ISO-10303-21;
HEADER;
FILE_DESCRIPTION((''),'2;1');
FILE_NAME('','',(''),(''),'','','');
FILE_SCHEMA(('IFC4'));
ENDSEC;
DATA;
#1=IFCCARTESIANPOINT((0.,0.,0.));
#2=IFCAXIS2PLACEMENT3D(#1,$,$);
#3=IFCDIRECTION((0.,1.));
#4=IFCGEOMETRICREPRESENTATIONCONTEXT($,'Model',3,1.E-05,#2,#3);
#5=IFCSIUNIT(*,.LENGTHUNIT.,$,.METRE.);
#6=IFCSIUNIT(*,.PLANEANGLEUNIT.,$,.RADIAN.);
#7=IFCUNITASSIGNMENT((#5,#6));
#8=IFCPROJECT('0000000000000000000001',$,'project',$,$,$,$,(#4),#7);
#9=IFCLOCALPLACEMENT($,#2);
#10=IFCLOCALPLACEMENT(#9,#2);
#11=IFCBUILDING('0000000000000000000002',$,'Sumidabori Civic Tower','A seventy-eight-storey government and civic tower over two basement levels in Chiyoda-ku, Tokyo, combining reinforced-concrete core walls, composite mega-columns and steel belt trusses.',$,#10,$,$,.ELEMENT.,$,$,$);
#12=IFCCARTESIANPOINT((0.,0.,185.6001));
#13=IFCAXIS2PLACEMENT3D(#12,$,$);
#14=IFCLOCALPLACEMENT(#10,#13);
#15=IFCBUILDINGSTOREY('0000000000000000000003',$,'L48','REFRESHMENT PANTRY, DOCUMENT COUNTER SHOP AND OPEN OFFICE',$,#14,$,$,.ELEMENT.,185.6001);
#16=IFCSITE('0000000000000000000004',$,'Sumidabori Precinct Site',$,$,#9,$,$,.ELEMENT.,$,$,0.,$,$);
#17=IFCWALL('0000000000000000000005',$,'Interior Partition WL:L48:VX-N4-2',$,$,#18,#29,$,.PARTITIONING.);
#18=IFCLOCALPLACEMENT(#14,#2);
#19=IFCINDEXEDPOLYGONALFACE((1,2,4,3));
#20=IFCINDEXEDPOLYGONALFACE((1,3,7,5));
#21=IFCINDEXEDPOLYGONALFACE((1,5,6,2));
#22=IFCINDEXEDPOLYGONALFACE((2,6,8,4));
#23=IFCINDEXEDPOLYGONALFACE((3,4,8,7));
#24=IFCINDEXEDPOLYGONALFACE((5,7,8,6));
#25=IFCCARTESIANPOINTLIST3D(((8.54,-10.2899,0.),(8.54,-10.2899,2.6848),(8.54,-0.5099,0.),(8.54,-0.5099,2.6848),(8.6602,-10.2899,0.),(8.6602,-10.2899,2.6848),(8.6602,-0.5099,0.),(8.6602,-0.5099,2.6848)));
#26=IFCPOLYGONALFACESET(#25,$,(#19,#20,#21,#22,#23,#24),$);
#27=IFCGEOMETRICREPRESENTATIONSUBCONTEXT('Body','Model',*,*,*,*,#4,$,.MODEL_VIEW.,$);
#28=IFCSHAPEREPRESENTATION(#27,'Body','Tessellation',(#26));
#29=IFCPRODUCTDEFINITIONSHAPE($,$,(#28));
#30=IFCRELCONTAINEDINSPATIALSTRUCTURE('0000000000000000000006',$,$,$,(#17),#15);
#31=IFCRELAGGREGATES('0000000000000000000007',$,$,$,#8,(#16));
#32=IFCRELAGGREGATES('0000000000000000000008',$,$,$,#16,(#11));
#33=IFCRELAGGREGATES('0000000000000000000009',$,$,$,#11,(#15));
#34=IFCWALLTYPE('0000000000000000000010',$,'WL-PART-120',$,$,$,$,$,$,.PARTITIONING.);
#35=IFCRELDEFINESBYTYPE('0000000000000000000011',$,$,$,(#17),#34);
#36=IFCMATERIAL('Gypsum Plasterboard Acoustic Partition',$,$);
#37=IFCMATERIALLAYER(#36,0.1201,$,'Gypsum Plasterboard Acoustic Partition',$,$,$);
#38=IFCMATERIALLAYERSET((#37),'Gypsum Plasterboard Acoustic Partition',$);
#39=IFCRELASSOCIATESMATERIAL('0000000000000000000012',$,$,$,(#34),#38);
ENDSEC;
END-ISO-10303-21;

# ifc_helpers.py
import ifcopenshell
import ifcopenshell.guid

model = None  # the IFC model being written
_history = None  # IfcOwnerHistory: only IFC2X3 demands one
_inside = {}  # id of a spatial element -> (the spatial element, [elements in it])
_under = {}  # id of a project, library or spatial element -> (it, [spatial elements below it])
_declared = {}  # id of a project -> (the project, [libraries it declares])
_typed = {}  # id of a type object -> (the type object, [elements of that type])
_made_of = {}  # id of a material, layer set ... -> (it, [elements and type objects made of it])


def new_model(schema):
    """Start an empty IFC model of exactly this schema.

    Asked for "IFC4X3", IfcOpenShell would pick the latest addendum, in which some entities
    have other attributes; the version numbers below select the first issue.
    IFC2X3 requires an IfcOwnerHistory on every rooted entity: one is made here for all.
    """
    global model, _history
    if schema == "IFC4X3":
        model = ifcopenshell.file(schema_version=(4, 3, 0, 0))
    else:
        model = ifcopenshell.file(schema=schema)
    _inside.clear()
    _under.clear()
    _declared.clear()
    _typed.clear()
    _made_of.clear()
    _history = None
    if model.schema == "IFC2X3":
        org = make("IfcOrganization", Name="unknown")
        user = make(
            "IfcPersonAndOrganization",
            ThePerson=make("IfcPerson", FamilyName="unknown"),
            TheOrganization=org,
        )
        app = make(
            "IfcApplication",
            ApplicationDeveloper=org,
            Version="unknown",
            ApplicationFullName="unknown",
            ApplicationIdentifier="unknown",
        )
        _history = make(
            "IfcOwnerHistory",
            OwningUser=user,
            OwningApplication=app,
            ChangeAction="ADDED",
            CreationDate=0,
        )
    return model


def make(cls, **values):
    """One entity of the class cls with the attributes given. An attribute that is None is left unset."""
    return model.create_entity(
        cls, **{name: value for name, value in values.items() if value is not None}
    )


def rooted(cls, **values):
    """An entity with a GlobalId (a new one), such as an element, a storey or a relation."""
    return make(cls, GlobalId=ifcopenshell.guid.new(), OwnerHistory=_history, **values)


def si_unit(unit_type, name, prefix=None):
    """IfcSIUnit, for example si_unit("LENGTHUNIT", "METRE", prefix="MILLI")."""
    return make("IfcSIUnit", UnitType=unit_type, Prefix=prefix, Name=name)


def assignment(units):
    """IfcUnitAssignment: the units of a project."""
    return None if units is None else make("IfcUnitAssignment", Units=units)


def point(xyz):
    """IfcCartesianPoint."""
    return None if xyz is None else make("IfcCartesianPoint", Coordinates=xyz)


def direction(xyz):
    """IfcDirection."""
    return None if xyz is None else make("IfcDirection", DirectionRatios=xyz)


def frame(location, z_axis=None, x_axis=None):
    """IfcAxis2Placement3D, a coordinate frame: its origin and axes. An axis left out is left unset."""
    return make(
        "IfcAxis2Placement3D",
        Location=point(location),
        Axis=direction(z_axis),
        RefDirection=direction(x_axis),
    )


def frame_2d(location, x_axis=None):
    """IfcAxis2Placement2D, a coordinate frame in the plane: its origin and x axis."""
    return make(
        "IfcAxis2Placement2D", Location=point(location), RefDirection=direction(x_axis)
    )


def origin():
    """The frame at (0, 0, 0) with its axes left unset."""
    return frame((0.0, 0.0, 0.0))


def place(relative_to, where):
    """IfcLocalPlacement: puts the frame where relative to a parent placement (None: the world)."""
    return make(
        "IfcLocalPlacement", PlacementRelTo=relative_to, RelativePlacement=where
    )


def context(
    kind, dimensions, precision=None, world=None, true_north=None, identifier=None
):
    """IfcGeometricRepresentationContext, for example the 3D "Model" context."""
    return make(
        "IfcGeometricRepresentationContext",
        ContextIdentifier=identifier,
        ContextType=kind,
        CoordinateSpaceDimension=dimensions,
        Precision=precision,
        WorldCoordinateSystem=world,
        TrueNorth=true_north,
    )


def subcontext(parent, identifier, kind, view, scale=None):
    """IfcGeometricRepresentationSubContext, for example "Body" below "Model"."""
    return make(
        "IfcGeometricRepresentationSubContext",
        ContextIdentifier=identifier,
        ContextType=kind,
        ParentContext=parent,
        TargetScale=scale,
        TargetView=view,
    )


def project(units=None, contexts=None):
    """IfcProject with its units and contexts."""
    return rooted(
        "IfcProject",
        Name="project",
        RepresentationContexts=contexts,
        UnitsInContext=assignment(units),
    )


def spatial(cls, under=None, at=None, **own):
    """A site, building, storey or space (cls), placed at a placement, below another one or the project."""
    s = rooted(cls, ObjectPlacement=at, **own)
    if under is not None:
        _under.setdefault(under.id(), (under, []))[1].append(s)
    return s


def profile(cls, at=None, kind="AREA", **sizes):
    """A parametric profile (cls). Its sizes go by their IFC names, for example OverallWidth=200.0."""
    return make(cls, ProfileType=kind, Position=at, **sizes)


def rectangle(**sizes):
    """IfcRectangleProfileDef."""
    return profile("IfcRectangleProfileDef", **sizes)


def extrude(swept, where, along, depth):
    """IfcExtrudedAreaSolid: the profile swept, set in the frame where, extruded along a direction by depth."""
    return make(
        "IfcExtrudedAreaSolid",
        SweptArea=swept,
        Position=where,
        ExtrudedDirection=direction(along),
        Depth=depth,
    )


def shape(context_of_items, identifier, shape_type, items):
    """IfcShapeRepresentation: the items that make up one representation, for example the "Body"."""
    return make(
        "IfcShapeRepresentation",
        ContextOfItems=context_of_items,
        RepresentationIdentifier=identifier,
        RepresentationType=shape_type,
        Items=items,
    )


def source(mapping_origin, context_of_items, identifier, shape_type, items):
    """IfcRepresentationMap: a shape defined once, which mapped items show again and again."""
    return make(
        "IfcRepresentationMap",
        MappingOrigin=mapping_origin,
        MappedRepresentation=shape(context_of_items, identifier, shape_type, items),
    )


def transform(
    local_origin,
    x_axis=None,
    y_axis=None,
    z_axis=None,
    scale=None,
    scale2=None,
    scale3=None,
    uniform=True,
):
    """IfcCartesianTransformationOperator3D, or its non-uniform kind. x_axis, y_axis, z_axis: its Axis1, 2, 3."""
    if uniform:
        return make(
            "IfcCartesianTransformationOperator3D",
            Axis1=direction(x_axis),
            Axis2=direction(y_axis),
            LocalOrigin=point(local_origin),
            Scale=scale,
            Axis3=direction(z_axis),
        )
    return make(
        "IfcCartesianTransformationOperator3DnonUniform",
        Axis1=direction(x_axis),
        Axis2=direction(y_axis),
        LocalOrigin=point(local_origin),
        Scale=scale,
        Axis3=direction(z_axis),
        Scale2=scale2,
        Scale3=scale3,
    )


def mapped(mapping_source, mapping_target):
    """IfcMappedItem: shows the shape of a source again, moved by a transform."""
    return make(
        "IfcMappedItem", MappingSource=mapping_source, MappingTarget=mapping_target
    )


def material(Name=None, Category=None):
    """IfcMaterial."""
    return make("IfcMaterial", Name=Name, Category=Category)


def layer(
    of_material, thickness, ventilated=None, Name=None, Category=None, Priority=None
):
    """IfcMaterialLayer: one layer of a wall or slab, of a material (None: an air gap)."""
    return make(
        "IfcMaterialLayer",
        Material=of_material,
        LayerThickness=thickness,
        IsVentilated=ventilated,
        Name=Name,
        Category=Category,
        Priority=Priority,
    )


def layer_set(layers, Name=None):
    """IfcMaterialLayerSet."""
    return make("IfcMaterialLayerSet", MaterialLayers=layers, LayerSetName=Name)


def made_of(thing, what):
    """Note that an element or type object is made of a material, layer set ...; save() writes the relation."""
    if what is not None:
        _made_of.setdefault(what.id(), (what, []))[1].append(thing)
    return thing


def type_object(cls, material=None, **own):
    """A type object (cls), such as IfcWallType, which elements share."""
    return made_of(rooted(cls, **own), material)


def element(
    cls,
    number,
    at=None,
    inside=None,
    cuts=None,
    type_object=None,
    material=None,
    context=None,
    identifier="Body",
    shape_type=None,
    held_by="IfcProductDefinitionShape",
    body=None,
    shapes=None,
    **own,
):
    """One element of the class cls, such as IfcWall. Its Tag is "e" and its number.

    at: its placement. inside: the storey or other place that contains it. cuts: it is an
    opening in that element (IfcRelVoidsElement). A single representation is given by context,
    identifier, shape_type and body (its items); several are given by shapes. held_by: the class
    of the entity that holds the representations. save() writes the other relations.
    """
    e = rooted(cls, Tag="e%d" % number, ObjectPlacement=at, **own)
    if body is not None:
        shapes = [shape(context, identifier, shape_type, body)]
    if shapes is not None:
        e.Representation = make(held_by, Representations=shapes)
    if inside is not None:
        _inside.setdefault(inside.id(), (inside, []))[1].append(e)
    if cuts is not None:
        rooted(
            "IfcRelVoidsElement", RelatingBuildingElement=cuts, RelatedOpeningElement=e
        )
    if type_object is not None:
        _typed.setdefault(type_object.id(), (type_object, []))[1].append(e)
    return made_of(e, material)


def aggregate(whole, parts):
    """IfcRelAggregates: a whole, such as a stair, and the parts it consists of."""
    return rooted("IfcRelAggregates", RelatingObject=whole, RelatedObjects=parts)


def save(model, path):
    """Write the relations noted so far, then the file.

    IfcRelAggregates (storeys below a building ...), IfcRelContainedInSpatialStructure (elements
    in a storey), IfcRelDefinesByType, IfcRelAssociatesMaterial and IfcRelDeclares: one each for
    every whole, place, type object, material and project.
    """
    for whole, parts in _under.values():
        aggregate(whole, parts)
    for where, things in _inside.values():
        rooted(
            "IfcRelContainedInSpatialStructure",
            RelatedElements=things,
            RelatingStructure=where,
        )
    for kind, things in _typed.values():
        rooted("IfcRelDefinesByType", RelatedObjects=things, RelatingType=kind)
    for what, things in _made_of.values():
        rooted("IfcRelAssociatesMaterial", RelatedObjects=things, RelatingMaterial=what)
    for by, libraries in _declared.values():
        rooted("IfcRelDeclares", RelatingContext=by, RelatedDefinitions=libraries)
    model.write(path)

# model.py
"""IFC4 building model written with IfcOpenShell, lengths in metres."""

from ifc_helpers import new_model, si_unit, direction, frame, frame_2d, origin, place, context, subcontext, project, spatial, rectangle, extrude, source, transform, mapped, material, layer, layer_set, type_object, element, save


model = new_model("IFC4")

# Units and contexts
model_context = context("Model", 3, precision=1e-05, world=origin(), true_north=direction((0.0, 1.0)))
body_context = subcontext(model_context, "Body", "Model", "MODEL_VIEW")
ifc_project = project(units=[si_unit("LENGTHUNIT", "METRE"), si_unit("PLANEANGLEUNIT", "RADIAN")], contexts=[model_context])

# Site, building, storey
site_placement = place(None, origin())
site = spatial("IfcSite", under=ifc_project, at=site_placement, Name="Sumidabori Precinct Site", CompositionType="ELEMENT", RefElevation=0.0)
building_placement = place(site_placement, origin())
building = spatial("IfcBuilding", under=site, at=building_placement, Name="Sumidabori Civic Tower", Description="A seventy-eight-storey government and civic tower over two basement levels in Chiyoda-ku, Tokyo, combining reinforced-concrete core walls, composite mega-columns and steel belt trusses.", CompositionType="ELEMENT")
storey_placement = place(building_placement, frame((0.0, 0.0, 185.6001)))
storey = spatial("IfcBuildingStorey", under=building, at=storey_placement, Name="L48", Description="REFRESHMENT PANTRY, DOCUMENT COUNTER SHOP AND OPEN OFFICE", CompositionType="ELEMENT", Elevation=185.6001)

# Shared definitions
ifc_material_1 = material(Name="Gypsum Plasterboard Acoustic Partition")
ifc_layer_1 = layer(ifc_material_1, 0.1201, Name="Gypsum Plasterboard Acoustic Partition")
ifc_layer_set_1 = layer_set([ifc_layer_1], Name="Gypsum Plasterboard Acoustic Partition")
wall_type = type_object("IfcWallType", Name="WL-PART-120", PredefinedType="PARTITIONING", material=ifc_layer_set_1)

# Wall
shared_shape_1 = source(origin(), body_context, "Body", "SweptSolid", [
    extrude(rectangle(XDim=9.78, YDim=0.1201, at=frame_2d((4.8901, 0.0))), origin(), (0.0, 0.0, 1.0), 2.6848),
])
wall_1_placement = place(storey_placement, frame((8.6001, -10.29, 0.0), z_axis=(0.0, 0.0, 1.0), x_axis=(0.0, 1.0, 0.0)))
element("IfcWall", 1, at=wall_1_placement, inside=storey, type_object=wall_type, Name="Interior Partition WL:L48:VX-N4-2", PredefinedType="PARTITIONING", context=body_context, shape_type="MappedRepresentation", body=[
    mapped(shared_shape_1, transform((0.0, 0.0, 0.0), x_axis=(1.0, 0.0, 0.0), y_axis=(0.0, 1.0, 0.0), z_axis=(0.0, 0.0, 1.0), scale=1.0)),
])

save(model, "model.ifc")
